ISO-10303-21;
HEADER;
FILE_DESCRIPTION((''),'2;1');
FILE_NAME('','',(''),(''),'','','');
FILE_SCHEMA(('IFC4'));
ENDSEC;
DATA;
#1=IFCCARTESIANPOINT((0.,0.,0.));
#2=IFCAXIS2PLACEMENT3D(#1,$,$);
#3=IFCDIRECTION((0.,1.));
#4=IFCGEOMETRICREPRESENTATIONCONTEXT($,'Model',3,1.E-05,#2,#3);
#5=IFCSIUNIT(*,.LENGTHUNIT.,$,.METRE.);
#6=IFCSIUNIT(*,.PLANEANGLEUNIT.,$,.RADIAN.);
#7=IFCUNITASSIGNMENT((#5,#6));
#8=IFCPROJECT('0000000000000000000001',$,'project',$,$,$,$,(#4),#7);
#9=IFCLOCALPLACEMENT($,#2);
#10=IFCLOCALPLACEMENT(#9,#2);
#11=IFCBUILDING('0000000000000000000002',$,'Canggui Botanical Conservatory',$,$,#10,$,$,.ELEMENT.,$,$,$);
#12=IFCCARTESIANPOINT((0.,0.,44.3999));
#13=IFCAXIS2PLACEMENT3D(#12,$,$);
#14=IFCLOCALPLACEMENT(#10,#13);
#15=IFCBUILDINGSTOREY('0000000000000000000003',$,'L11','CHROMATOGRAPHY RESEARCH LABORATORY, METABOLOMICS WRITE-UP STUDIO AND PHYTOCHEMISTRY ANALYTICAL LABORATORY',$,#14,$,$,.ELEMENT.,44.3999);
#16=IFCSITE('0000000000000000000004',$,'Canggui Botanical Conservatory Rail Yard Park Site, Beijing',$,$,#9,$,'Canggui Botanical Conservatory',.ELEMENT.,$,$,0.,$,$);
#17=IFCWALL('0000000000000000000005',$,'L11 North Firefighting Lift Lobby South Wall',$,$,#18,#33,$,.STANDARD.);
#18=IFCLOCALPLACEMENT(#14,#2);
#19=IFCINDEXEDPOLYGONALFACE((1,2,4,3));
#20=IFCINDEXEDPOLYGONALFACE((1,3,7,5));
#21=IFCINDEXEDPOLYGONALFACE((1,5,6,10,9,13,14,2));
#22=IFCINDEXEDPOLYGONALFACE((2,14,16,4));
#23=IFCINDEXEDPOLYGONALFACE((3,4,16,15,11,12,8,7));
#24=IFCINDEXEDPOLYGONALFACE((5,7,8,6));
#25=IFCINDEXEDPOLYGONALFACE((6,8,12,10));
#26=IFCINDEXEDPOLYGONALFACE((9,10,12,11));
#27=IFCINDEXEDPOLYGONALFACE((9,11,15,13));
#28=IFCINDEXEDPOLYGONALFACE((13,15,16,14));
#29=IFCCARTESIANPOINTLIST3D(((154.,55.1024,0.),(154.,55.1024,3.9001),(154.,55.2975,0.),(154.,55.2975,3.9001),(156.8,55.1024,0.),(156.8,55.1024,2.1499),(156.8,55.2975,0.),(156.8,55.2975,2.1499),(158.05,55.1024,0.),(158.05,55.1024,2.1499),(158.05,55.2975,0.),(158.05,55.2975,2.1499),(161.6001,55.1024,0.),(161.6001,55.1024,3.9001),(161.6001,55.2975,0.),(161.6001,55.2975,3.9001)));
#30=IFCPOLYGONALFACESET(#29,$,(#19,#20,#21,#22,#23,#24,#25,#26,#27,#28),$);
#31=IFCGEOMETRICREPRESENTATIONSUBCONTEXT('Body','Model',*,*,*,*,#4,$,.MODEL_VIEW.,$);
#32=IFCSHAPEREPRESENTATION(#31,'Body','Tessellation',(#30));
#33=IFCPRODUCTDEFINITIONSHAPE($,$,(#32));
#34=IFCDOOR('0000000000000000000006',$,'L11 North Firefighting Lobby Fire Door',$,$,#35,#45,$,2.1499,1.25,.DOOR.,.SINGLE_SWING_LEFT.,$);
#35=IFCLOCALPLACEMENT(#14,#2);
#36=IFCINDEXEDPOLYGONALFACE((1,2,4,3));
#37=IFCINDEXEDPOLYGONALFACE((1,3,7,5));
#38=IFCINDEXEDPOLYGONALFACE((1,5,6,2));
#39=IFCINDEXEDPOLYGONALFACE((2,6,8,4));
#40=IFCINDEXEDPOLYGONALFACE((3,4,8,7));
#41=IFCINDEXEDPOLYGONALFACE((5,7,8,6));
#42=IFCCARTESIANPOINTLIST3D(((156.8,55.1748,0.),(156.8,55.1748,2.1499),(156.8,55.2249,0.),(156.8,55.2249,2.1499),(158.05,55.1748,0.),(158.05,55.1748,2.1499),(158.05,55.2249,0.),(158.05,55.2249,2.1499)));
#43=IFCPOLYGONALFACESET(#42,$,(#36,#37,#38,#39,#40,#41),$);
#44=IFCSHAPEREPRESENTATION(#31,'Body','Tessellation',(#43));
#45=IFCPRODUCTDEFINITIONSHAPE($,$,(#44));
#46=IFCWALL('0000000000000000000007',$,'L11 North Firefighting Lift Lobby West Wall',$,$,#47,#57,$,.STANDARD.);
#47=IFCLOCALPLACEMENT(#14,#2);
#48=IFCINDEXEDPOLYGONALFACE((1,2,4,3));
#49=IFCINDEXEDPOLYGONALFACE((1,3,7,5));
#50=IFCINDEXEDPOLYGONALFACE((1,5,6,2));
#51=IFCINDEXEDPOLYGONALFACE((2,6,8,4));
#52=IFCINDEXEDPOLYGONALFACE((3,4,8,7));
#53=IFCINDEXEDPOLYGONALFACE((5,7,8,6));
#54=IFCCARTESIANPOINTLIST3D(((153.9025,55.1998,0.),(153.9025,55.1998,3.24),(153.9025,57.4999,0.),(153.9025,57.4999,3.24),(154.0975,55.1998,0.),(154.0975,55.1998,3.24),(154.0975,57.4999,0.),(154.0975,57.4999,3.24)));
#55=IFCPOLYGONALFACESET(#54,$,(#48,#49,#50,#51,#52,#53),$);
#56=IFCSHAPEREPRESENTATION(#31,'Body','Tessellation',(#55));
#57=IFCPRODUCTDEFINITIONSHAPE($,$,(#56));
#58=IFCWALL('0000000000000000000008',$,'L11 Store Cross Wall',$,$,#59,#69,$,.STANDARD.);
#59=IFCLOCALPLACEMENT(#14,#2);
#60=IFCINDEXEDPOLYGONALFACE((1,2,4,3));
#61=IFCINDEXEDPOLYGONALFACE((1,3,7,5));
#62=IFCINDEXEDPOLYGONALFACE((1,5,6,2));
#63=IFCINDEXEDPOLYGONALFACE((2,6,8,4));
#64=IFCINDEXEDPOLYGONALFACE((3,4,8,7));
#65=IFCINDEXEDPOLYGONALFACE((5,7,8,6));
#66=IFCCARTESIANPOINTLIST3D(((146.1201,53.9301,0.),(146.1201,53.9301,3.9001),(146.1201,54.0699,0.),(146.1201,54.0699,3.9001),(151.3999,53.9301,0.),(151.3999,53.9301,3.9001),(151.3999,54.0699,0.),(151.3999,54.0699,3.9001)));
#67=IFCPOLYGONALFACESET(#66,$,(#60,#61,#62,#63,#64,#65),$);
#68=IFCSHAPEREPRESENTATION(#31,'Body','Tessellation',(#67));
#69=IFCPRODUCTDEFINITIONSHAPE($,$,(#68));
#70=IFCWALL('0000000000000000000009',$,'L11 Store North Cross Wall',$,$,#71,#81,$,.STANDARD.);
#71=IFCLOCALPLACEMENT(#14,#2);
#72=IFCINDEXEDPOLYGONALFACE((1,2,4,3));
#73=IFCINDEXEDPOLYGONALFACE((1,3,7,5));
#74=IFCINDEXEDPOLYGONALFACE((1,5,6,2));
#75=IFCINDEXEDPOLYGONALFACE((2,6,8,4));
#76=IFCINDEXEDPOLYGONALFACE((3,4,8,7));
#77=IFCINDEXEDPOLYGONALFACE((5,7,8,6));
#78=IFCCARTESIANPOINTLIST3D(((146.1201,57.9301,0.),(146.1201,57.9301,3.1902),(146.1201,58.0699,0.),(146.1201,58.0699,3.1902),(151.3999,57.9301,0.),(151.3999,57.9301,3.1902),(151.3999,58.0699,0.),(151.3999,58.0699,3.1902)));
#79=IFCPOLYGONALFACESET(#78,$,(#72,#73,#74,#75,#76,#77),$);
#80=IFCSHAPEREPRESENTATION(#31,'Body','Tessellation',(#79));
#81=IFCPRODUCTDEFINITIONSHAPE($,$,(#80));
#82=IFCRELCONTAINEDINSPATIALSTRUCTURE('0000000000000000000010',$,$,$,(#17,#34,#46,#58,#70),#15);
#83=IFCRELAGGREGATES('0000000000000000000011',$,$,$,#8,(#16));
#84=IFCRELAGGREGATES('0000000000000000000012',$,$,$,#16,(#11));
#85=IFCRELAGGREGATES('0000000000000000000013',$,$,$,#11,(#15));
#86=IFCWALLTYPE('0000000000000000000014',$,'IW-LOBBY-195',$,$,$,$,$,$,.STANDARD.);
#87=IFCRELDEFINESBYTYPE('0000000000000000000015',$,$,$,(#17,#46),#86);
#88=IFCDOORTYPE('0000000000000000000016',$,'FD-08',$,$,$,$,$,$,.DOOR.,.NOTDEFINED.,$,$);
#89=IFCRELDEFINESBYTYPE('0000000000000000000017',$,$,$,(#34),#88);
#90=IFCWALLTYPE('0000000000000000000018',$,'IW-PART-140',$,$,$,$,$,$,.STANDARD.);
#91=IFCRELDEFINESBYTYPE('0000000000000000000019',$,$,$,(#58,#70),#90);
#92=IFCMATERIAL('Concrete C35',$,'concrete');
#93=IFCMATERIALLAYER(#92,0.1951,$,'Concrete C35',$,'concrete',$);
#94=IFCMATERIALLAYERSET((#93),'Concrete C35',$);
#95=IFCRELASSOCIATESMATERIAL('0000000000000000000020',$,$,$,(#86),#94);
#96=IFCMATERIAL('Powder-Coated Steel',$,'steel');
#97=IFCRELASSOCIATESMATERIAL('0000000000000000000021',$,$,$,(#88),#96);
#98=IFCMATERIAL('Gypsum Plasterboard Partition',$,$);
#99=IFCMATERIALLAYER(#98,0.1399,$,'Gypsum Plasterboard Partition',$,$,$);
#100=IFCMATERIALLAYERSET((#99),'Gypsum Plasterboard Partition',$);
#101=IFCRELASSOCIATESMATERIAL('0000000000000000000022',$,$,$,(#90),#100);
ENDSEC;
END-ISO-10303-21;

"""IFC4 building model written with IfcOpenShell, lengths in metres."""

from ifc_helpers import new_model, si_unit, direction, frame, frame_2d, origin, place, context, subcontext, project, spatial, rectangle, extrude, material, layer, layer_set, type_object, element, fill, save


model = new_model("IFC4")

# Units and contexts
model_context = context("Model", 3, precision=1e-05, world=origin(), true_north=direction((0.0, 1.0)))
body_context = subcontext(model_context, "Body", "Model", "MODEL_VIEW")
ifc_project = project(units=[si_unit("LENGTHUNIT", "METRE"), si_unit("PLANEANGLEUNIT", "RADIAN")], contexts=[model_context])

# Site, building, storey
site_placement = place(None, origin())
site = spatial("IfcSite", under=ifc_project, at=site_placement, Name="Canggui Botanical Conservatory Rail Yard Park Site, Beijing", LongName="Canggui Botanical Conservatory", CompositionType="ELEMENT", RefElevation=0.0)
building_placement = place(site_placement, origin())
building = spatial("IfcBuilding", under=site, at=building_placement, Name="Canggui Botanical Conservatory", CompositionType="ELEMENT")
storey_placement = place(building_placement, frame((0.0, 0.0, 44.3999)))
storey = spatial("IfcBuildingStorey", under=building, at=storey_placement, Name="L11", Description="CHROMATOGRAPHY RESEARCH LABORATORY, METABOLOMICS WRITE-UP STUDIO AND PHYTOCHEMISTRY ANALYTICAL LABORATORY", CompositionType="ELEMENT", Elevation=44.3999)

# Shared definitions
ifc_material_1 = material(Name="Concrete C35", Category="concrete")

# Shared definitions
ifc_material_2 = material(Name="Gypsum Plasterboard Partition")
ifc_material_3 = material(Name="Powder-Coated Steel", Category="steel")
ifc_layer_1 = layer(ifc_material_1, 0.1951, Name="Concrete C35", Category="concrete")
ifc_layer_set_1 = layer_set([ifc_layer_1], Name="Concrete C35")
wall_type_1 = type_object("IfcWallType", Name="IW-LOBBY-195", PredefinedType="STANDARD", material=ifc_layer_set_1)

# Wall, opening, door
wall_1_placement = place(storey_placement, frame((154.0, 55.2, 0.0), z_axis=(0.0, 0.0, 1.0), x_axis=(1.0, 0.0, 0.0)))
wall_1 = element("IfcWall", 1, at=wall_1_placement, inside=storey, type_object=wall_type_1, Name="L11 North Firefighting Lift Lobby South Wall", PredefinedType="STANDARD", context=body_context, shape_type="SweptSolid", body=[
    extrude(rectangle(XDim=7.6001, YDim=0.1951, at=frame_2d((3.8, 0.0))), origin(), (0.0, 0.0, 1.0), 3.9001),
])
opening_1_placement = place(wall_1_placement, frame((2.8, 0.0, 0.0)))
opening_1 = element("IfcOpeningElement", 2, at=opening_1_placement, cuts=wall_1, PredefinedType="OPENING", context=body_context, shape_type="SweptSolid", body=[
    extrude(rectangle(XDim=1.25, YDim=2.1499, at=frame_2d((0.625, 1.075))), frame((0.0, 0.1074, 0.0), z_axis=(0.0, -1.0, 0.0), x_axis=(1.0, 0.0, 0.0)), (0.0, 0.0, 1.0), 0.2151),
])
door_type_1 = type_object("IfcDoorType", Name="FD-08", OperationType="NOTDEFINED", PredefinedType="DOOR", material=ifc_material_3)
door_1_placement = place(opening_1_placement, origin())
door_1 = element("IfcDoor", 3, at=door_1_placement, inside=storey, type_object=door_type_1, Name="L11 North Firefighting Lobby Fire Door", OperationType="SINGLE_SWING_LEFT", OverallHeight=2.1499, OverallWidth=1.25, PredefinedType="DOOR", context=body_context, shape_type="SweptSolid", body=[
    extrude(rectangle(XDim=1.25, YDim=2.1499, at=frame_2d((0.625, 1.075))), frame((0.0, 0.0249, 0.0), z_axis=(0.0, -1.0, 0.0), x_axis=(1.0, 0.0, 0.0)), (0.0, 0.0, 1.0), 0.05),
])
fill(opening_1, door_1)

# Walls
wall_2_placement = place(storey_placement, frame((154.0, 55.2, 0.0), z_axis=(0.0, 0.0, 1.0), x_axis=(0.0, 1.0, 0.0)))
element("IfcWall", 4, at=wall_2_placement, inside=storey, type_object=wall_type_1, Name="L11 North Firefighting Lift Lobby West Wall", PredefinedType="STANDARD", context=body_context, shape_type="SweptSolid", body=[
    extrude(rectangle(XDim=2.3, YDim=0.1951, at=frame_2d((1.1499, 0.0))), origin(), (0.0, 0.0, 1.0), 3.24),
])
ifc_layer_2 = layer(ifc_material_2, 0.1399, Name="Gypsum Plasterboard Partition")
ifc_layer_set_2 = layer_set([ifc_layer_2], Name="Gypsum Plasterboard Partition")
wall_type_2 = type_object("IfcWallType", Name="IW-PART-140", PredefinedType="STANDARD", material=ifc_layer_set_2)
wall_3_placement = place(storey_placement, frame((146.1201, 54.0, 0.0), z_axis=(0.0, 0.0, 1.0), x_axis=(1.0, 0.0, 0.0)))
element("IfcWall", 5, at=wall_3_placement, inside=storey, type_object=wall_type_2, Name="L11 Store Cross Wall", PredefinedType="STANDARD", context=body_context, shape_type="SweptSolid", body=[
    extrude(rectangle(XDim=5.2798, YDim=0.1399, at=frame_2d((2.6399, 0.0))), origin(), (0.0, 0.0, 1.0), 3.9001),
])
wall_4_placement = place(storey_placement, frame((146.1201, 58.0, 0.0), z_axis=(0.0, 0.0, 1.0), x_axis=(1.0, 0.0, 0.0)))
element("IfcWall", 6, at=wall_4_placement, inside=storey, type_object=wall_type_2, Name="L11 Store North Cross Wall", PredefinedType="STANDARD", context=body_context, shape_type="SweptSolid", body=[
    extrude(rectangle(XDim=5.2798, YDim=0.1399, at=frame_2d((2.6399, 0.0))), origin(), (0.0, 0.0, 1.0), 3.1902),
])

save(model, "model.ifc")
